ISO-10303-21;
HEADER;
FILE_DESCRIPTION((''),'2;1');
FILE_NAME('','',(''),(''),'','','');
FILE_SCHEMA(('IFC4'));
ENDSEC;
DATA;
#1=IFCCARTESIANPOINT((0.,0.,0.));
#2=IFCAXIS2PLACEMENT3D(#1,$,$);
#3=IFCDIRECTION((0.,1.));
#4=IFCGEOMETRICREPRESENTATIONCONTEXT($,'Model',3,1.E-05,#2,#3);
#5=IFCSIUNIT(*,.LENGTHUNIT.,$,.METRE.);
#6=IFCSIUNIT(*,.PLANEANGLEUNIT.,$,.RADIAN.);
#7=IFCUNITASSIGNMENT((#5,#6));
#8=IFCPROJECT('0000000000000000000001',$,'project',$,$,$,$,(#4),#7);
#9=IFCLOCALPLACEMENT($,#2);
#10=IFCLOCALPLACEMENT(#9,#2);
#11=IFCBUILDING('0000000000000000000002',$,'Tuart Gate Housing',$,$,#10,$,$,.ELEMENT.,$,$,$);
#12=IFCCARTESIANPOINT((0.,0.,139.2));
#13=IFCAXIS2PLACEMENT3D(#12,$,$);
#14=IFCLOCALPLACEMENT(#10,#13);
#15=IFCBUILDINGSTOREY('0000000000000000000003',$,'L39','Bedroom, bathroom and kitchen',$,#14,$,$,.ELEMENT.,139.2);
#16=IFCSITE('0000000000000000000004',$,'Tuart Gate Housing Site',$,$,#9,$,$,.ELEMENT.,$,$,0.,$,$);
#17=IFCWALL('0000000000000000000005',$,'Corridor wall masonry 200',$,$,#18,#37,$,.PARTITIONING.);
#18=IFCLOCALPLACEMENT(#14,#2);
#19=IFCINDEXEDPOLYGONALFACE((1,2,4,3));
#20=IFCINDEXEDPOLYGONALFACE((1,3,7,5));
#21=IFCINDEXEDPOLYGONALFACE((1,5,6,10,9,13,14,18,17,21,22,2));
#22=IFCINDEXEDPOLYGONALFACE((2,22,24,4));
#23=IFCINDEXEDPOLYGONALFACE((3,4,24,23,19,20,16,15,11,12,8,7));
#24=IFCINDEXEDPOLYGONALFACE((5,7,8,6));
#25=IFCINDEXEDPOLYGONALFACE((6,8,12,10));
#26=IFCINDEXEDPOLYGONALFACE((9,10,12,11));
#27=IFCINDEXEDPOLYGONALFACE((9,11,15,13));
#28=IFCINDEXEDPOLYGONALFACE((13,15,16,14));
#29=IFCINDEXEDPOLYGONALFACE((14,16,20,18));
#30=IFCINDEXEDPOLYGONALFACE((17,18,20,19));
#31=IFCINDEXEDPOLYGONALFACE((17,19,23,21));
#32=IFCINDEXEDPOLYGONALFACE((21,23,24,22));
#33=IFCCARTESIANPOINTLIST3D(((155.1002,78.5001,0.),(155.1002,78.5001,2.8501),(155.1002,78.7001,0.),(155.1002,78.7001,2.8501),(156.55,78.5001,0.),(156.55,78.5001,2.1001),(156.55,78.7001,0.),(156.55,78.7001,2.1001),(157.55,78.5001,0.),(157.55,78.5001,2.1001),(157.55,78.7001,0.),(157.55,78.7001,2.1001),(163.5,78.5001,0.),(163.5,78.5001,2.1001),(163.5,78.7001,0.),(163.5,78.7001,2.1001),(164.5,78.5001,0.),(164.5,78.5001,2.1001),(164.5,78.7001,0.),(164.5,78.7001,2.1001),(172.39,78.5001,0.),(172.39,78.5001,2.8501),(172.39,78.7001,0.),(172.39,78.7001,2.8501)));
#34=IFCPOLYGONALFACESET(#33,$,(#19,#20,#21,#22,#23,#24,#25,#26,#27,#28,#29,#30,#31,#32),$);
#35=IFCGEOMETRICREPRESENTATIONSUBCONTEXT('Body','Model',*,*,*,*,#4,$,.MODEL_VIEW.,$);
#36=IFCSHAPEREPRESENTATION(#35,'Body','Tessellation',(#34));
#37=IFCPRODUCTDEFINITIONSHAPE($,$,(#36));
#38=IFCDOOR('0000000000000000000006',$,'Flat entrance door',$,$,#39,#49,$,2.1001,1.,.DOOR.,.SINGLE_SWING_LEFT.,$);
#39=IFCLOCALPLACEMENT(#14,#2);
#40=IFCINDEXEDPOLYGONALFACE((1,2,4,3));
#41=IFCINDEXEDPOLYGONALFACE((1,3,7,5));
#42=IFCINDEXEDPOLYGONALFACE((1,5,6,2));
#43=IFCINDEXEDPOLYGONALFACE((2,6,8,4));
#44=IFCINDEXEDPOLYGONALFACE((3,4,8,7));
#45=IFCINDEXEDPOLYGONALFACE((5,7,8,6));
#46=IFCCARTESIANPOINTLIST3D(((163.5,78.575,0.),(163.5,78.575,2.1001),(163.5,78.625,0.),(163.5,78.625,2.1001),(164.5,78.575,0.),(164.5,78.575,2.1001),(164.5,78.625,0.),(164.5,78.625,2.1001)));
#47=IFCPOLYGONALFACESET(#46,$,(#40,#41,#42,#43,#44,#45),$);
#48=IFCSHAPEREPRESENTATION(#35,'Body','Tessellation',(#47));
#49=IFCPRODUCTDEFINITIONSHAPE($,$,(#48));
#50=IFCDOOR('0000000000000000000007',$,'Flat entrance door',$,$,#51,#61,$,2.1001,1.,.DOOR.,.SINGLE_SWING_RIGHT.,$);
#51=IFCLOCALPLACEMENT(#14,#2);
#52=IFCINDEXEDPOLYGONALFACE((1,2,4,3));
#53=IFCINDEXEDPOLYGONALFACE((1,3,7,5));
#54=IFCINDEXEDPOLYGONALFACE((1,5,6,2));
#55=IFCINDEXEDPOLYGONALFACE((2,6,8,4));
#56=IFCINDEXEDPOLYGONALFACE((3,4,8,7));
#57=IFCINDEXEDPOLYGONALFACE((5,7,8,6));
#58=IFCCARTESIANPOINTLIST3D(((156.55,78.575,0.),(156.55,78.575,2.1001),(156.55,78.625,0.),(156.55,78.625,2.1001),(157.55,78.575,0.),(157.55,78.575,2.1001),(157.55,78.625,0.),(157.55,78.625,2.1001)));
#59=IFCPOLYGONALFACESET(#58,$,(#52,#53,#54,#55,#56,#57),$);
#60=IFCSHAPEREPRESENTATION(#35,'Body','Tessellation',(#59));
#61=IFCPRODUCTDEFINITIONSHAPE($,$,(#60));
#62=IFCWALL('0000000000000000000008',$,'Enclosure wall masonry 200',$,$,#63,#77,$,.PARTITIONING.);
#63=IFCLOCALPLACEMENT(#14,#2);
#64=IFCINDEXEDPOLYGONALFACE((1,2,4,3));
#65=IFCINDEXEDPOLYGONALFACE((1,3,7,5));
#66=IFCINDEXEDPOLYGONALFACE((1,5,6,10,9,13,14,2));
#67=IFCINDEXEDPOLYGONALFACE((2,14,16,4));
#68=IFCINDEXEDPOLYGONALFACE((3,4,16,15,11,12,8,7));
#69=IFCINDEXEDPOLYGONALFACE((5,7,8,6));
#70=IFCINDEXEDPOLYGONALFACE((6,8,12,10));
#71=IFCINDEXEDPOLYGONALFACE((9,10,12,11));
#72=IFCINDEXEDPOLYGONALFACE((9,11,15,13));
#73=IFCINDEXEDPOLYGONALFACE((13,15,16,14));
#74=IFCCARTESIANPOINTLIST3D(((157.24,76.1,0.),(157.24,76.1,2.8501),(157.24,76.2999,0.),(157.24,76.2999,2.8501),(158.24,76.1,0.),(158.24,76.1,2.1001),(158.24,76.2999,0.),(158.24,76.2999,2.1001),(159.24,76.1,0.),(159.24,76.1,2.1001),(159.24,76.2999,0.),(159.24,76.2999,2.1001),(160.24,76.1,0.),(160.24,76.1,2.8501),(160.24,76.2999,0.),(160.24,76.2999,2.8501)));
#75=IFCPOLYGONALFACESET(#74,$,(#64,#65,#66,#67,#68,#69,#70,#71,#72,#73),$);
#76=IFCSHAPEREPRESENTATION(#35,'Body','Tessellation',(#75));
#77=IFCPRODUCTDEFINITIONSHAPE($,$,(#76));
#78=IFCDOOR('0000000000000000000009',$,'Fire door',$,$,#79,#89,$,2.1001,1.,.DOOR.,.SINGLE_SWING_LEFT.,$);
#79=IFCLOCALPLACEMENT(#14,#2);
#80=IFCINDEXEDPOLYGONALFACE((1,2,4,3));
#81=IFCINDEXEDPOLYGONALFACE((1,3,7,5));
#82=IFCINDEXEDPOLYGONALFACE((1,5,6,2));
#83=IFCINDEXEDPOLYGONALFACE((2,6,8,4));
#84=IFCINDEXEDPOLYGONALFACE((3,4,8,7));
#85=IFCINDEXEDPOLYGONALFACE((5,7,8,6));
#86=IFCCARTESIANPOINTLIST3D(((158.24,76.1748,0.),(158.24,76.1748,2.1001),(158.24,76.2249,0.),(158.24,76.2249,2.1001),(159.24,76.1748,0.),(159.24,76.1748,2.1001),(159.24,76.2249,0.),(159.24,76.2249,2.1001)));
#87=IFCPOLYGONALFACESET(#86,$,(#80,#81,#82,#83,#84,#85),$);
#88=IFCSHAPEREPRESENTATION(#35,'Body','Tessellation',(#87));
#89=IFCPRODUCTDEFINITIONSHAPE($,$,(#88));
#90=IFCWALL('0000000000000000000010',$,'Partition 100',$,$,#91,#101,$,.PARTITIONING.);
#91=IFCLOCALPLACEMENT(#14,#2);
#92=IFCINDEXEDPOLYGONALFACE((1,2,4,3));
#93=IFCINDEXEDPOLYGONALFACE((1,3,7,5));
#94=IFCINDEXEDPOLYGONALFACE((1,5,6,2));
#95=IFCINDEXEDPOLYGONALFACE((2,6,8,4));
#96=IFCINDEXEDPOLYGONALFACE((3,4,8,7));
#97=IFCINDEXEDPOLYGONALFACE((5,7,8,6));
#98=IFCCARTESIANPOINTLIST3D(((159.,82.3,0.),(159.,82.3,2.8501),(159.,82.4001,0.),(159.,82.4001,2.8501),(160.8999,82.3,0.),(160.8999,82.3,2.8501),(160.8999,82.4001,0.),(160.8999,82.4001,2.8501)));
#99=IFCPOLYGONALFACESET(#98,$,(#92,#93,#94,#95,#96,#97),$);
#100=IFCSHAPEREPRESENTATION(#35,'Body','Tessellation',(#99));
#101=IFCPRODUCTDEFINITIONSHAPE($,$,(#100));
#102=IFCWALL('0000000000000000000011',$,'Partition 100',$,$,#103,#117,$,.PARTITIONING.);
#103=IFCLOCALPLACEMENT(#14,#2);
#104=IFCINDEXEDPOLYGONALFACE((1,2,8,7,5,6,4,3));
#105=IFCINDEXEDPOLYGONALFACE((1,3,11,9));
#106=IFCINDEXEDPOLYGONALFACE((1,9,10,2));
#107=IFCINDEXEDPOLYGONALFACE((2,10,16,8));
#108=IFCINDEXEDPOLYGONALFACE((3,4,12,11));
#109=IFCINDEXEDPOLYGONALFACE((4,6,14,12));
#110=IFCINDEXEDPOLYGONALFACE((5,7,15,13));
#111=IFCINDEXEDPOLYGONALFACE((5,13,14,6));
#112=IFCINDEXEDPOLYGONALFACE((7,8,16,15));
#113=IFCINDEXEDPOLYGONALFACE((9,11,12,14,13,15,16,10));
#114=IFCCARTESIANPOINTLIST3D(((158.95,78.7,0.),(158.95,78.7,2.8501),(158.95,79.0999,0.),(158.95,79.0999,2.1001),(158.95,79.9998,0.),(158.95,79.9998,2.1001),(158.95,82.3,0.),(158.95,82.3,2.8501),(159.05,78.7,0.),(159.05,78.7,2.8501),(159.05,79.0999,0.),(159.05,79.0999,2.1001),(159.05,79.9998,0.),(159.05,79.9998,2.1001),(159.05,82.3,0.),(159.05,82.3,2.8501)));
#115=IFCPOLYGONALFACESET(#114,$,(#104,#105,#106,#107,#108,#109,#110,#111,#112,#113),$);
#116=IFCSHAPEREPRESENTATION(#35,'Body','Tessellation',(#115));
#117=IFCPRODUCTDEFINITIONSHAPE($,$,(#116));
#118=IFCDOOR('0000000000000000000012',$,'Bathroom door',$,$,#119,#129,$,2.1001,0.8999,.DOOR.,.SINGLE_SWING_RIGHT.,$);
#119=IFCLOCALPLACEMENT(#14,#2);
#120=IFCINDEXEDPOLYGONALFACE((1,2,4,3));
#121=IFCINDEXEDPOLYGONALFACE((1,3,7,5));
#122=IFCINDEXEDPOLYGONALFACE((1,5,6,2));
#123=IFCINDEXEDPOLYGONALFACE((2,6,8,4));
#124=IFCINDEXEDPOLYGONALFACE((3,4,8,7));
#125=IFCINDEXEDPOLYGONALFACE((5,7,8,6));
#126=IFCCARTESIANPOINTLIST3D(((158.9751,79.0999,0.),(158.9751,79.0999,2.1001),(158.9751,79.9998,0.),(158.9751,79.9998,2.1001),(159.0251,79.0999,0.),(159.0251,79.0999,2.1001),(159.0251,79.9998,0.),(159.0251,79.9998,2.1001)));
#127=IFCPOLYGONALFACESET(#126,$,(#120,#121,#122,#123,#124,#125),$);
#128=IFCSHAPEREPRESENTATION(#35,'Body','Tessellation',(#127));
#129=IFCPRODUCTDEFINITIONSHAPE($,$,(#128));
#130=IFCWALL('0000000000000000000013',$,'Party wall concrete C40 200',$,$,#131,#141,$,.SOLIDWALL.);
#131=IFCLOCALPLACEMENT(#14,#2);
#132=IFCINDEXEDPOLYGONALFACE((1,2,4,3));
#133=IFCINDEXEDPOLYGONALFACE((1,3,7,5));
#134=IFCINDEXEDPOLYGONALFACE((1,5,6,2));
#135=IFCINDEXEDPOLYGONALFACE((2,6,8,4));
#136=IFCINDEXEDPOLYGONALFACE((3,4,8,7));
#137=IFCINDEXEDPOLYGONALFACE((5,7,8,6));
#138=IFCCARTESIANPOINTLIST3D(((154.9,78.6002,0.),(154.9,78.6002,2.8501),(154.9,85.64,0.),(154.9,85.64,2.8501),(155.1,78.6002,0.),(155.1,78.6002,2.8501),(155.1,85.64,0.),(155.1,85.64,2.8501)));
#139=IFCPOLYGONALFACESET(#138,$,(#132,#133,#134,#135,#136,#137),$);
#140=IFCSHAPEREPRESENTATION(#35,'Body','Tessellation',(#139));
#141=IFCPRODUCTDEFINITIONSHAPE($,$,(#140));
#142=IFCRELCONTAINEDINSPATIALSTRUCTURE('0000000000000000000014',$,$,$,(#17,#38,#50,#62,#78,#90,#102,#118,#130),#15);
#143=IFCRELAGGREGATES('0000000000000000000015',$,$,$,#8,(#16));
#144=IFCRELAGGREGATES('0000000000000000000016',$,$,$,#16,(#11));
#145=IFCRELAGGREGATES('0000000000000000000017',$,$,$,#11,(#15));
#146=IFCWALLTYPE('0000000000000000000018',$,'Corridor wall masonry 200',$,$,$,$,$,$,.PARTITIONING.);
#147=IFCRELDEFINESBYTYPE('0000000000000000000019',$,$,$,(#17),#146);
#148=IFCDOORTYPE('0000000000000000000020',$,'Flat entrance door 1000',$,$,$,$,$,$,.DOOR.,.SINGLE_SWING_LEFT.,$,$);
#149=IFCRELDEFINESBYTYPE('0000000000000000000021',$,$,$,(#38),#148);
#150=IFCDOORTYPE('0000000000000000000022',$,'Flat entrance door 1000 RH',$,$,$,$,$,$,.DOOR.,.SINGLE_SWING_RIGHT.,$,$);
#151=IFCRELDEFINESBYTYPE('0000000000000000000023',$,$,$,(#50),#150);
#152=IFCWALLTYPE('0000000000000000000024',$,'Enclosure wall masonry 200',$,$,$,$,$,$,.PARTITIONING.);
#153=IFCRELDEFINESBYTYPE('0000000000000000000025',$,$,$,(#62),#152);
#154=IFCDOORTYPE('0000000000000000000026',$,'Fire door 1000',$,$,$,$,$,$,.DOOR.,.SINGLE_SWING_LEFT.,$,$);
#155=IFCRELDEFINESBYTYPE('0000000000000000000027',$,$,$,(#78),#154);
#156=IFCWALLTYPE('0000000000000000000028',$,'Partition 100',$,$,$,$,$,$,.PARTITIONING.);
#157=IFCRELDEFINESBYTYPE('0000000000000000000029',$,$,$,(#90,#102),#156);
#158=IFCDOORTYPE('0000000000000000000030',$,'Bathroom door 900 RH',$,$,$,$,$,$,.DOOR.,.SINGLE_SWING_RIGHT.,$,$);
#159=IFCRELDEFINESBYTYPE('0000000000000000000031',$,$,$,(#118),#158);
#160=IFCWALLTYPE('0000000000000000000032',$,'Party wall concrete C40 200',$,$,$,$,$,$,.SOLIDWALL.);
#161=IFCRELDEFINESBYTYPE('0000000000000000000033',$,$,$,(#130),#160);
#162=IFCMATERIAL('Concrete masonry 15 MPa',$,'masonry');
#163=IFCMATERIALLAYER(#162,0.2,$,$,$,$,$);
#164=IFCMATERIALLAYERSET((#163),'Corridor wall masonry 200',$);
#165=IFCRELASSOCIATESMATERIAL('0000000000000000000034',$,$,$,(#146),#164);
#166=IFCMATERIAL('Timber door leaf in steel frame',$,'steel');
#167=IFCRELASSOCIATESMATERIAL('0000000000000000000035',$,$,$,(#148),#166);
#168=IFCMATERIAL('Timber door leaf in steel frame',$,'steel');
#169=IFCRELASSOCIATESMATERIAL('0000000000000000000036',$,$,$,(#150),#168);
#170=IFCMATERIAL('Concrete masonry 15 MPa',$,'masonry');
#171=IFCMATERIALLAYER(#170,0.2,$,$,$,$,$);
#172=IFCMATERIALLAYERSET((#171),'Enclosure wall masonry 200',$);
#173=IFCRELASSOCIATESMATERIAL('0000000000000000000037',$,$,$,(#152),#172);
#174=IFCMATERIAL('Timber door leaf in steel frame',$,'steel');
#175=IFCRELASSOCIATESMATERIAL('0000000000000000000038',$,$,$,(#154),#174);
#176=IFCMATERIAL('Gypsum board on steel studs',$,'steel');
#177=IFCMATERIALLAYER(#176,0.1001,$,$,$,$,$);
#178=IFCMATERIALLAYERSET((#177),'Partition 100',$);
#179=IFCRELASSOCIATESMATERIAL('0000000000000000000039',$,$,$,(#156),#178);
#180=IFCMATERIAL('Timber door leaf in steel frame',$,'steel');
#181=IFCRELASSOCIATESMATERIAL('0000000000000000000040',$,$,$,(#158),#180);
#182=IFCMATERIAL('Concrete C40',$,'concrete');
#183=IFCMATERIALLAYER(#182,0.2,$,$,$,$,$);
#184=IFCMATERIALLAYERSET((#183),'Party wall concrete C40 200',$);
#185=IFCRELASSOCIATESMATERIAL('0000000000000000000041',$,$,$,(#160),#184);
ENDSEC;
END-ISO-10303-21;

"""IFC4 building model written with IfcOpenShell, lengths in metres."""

from ifc_helpers import new_model, si_unit, direction, frame, frame_2d, origin, place, context, subcontext, project, spatial, rectangle, extrude, material, layer, layer_set, type_object, element, fill, save


model = new_model("IFC4")

# Units and contexts
model_context = context("Model", 3, precision=1e-05, world=origin(), true_north=direction((0.0, 1.0)))
body_context = subcontext(model_context, "Body", "Model", "MODEL_VIEW")
ifc_project = project(units=[si_unit("LENGTHUNIT", "METRE"), si_unit("PLANEANGLEUNIT", "RADIAN")], contexts=[model_context])

# Site, building, storey
site_placement = place(None, origin())
site = spatial("IfcSite", under=ifc_project, at=site_placement, Name="Tuart Gate Housing Site", CompositionType="ELEMENT", RefElevation=0.0)
building_placement = place(site_placement, origin())
building = spatial("IfcBuilding", under=site, at=building_placement, Name="Tuart Gate Housing", CompositionType="ELEMENT")
storey_placement = place(building_placement, frame((0.0, 0.0, 139.2)))
storey = spatial("IfcBuildingStorey", under=building, at=storey_placement, Name="L39", Description="Bedroom, bathroom and kitchen", CompositionType="ELEMENT", Elevation=139.2)

# Shared definitions
ifc_material_1 = material(Name="Concrete masonry 15 MPa", Category="masonry")
ifc_layer_1 = layer(ifc_material_1, 0.2)
ifc_layer_set_1 = layer_set([ifc_layer_1], Name="Corridor wall masonry 200")
wall_type_1 = type_object("IfcWallType", Name="Corridor wall masonry 200", PredefinedType="PARTITIONING", material=ifc_layer_set_1)

# Wall, openings, doors
wall_1_placement = place(storey_placement, frame((155.1001, 78.6001, 0.0), z_axis=(0.0, 0.0, 1.0), x_axis=(1.0, 0.0, 0.0)))
wall_1 = element("IfcWall", 1, at=wall_1_placement, inside=storey, type_object=wall_type_1, Name="Corridor wall masonry 200", PredefinedType="PARTITIONING", context=body_context, shape_type="SweptSolid", body=[
    extrude(rectangle(XDim=17.2898, YDim=0.2, at=frame_2d((8.645, 0.0))), origin(), (0.0, 0.0, 1.0), 2.8501),
])
opening_1_placement = place(wall_1_placement, frame((1.45, 0.0, 0.0)))
opening_1 = element("IfcOpeningElement", 2, at=opening_1_placement, cuts=wall_1, PredefinedType="OPENING", context=body_context, shape_type="SweptSolid", body=[
    extrude(rectangle(XDim=1.0, YDim=2.1001, at=frame_2d((0.5, 1.05))), frame((0.0, 0.1099, 0.0), z_axis=(0.0, -1.0, 0.0), x_axis=(1.0, 0.0, 0.0)), (0.0, 0.0, 1.0), 0.22),
])
opening_2_placement = place(wall_1_placement, frame((8.3999, 0.0, 0.0)))
opening_2 = element("IfcOpeningElement", 3, at=opening_2_placement, cuts=wall_1, PredefinedType="OPENING", context=body_context, shape_type="SweptSolid", body=[
    extrude(rectangle(XDim=1.0, YDim=2.1001, at=frame_2d((0.5, 1.05))), frame((0.0, 0.1099, 0.0), z_axis=(0.0, -1.0, 0.0), x_axis=(1.0, 0.0, 0.0)), (0.0, 0.0, 1.0), 0.22),
])
ifc_material_2 = material(Name="Timber door leaf in steel frame", Category="steel")
door_type_1 = type_object("IfcDoorType", Name="Flat entrance door 1000", OperationType="SINGLE_SWING_LEFT", PredefinedType="DOOR", material=ifc_material_2)
door_1_placement = place(opening_2_placement, origin())
door_1 = element("IfcDoor", 4, at=door_1_placement, inside=storey, type_object=door_type_1, Name="Flat entrance door", OperationType="SINGLE_SWING_LEFT", OverallHeight=2.1001, OverallWidth=1.0, PredefinedType="DOOR", context=body_context, shape_type="SweptSolid", body=[
    extrude(rectangle(XDim=1.0, YDim=2.1001, at=frame_2d((0.5, 1.05))), frame((0.0, 0.0249, 0.0), z_axis=(0.0, -1.0, 0.0), x_axis=(1.0, 0.0, 0.0)), (0.0, 0.0, 1.0), 0.05),
])
fill(opening_2, door_1)
ifc_material_3 = material(Name="Timber door leaf in steel frame", Category="steel")
door_type_2 = type_object("IfcDoorType", Name="Flat entrance door 1000 RH", OperationType="SINGLE_SWING_RIGHT", PredefinedType="DOOR", material=ifc_material_3)
door_2_placement = place(opening_1_placement, origin())
door_2 = element("IfcDoor", 5, at=door_2_placement, inside=storey, type_object=door_type_2, Name="Flat entrance door", OperationType="SINGLE_SWING_RIGHT", OverallHeight=2.1001, OverallWidth=1.0, PredefinedType="DOOR", context=body_context, shape_type="SweptSolid", body=[
    extrude(rectangle(XDim=1.0, YDim=2.1001, at=frame_2d((0.5, 1.05))), frame((0.0, 0.0249, 0.0), z_axis=(0.0, -1.0, 0.0), x_axis=(1.0, 0.0, 0.0)), (0.0, 0.0, 1.0), 0.05),
])
fill(opening_1, door_2)

# Wall, opening, door
ifc_material_4 = material(Name="Concrete masonry 15 MPa", Category="masonry")
ifc_layer_2 = layer(ifc_material_4, 0.2)
ifc_layer_set_2 = layer_set([ifc_layer_2], Name="Enclosure wall masonry 200")
wall_type_2 = type_object("IfcWallType", Name="Enclosure wall masonry 200", PredefinedType="PARTITIONING", material=ifc_layer_set_2)
wall_2_placement = place(storey_placement, frame((157.24, 76.2, 0.0), z_axis=(0.0, 0.0, 1.0), x_axis=(1.0, 0.0, 0.0)))
wall_2 = element("IfcWall", 6, at=wall_2_placement, inside=storey, type_object=wall_type_2, Name="Enclosure wall masonry 200", PredefinedType="PARTITIONING", context=body_context, shape_type="SweptSolid", body=[
    extrude(rectangle(XDim=3.0, YDim=0.2, at=frame_2d((1.5, 0.0))), origin(), (0.0, 0.0, 1.0), 2.8501),
])
opening_3_placement = place(wall_2_placement, frame((1.0, 0.0, 0.0)))
opening_3 = element("IfcOpeningElement", 7, at=opening_3_placement, cuts=wall_2, PredefinedType="OPENING", context=body_context, shape_type="SweptSolid", body=[
    extrude(rectangle(XDim=1.0, YDim=2.1001, at=frame_2d((0.5, 1.05))), frame((0.0, 0.1099, 0.0), z_axis=(0.0, -1.0, 0.0), x_axis=(1.0, 0.0, 0.0)), (0.0, 0.0, 1.0), 0.22),
])
ifc_material_5 = material(Name="Timber door leaf in steel frame", Category="steel")
door_type_3 = type_object("IfcDoorType", Name="Fire door 1000", OperationType="SINGLE_SWING_LEFT", PredefinedType="DOOR", material=ifc_material_5)
door_3_placement = place(opening_3_placement, origin())
door_3 = element("IfcDoor", 8, at=door_3_placement, inside=storey, type_object=door_type_3, Name="Fire door", OperationType="SINGLE_SWING_LEFT", OverallHeight=2.1001, OverallWidth=1.0, PredefinedType="DOOR", context=body_context, shape_type="SweptSolid", body=[
    extrude(rectangle(XDim=1.0, YDim=2.1001, at=frame_2d((0.5, 1.05))), frame((0.0, 0.0249, 0.0), z_axis=(0.0, -1.0, 0.0), x_axis=(1.0, 0.0, 0.0)), (0.0, 0.0, 1.0), 0.05),
])
fill(opening_3, door_3)

# Wall
ifc_material_6 = material(Name="Gypsum board on steel studs", Category="steel")
ifc_layer_3 = layer(ifc_material_6, 0.1001)
ifc_layer_set_3 = layer_set([ifc_layer_3], Name="Partition 100")
wall_type_3 = type_object("IfcWallType", Name="Partition 100", PredefinedType="PARTITIONING", material=ifc_layer_set_3)
wall_3_placement = place(storey_placement, frame((159.0, 82.3501, 0.0), z_axis=(0.0, 0.0, 1.0), x_axis=(1.0, 0.0, 0.0)))
element("IfcWall", 9, at=wall_3_placement, inside=storey, type_object=wall_type_3, Name="Partition 100", PredefinedType="PARTITIONING", context=body_context, shape_type="SweptSolid", body=[
    extrude(rectangle(XDim=1.8999, YDim=0.1001, at=frame_2d((0.95, 0.0))), origin(), (0.0, 0.0, 1.0), 2.8501),
])

# Wall, opening, door
wall_4_placement = place(storey_placement, frame((159.0, 78.7, 0.0), z_axis=(0.0, 0.0, 1.0), x_axis=(0.0, 1.0, 0.0)))
wall_4 = element("IfcWall", 10, at=wall_4_placement, inside=storey, type_object=wall_type_3, Name="Partition 100", PredefinedType="PARTITIONING", context=body_context, shape_type="SweptSolid", body=[
    extrude(rectangle(XDim=3.6001, YDim=0.1001, at=frame_2d((1.8, 0.0))), origin(), (0.0, 0.0, 1.0), 2.8501),
])
opening_4_placement = place(wall_4_placement, frame((0.3999, 0.0, 0.0)))
opening_4 = element("IfcOpeningElement", 11, at=opening_4_placement, cuts=wall_4, PredefinedType="OPENING", context=body_context, shape_type="SweptSolid", body=[
    extrude(rectangle(XDim=0.8999, YDim=2.1001, at=frame_2d((0.45, 1.05))), frame((0.0, 0.0601, 0.0), z_axis=(0.0, -1.0, 0.0), x_axis=(1.0, 0.0, 0.0)), (0.0, 0.0, 1.0), 0.1201),
])
ifc_material_7 = material(Name="Timber door leaf in steel frame", Category="steel")
door_type_4 = type_object("IfcDoorType", Name="Bathroom door 900 RH", OperationType="SINGLE_SWING_RIGHT", PredefinedType="DOOR", material=ifc_material_7)
door_4_placement = place(opening_4_placement, frame((0.8999, 0.0, 0.0), z_axis=(0.0, 0.0, 1.0), x_axis=(-1.0, 0.0, 0.0)))
door_4 = element("IfcDoor", 12, at=door_4_placement, inside=storey, type_object=door_type_4, Name="Bathroom door", OperationType="SINGLE_SWING_RIGHT", OverallHeight=2.1001, OverallWidth=0.8999, PredefinedType="DOOR", context=body_context, shape_type="SweptSolid", body=[
    extrude(rectangle(XDim=0.8999, YDim=2.1001, at=frame_2d((0.45, 1.05))), frame((0.0, 0.0251, 0.0), z_axis=(0.0, -1.0, 0.0), x_axis=(1.0, 0.0, 0.0)), (0.0, 0.0, 1.0), 0.05),
])
fill(opening_4, door_4)

# Wall
ifc_material_8 = material(Name="Concrete C40", Category="concrete")
ifc_layer_4 = layer(ifc_material_8, 0.2)
ifc_layer_set_4 = layer_set([ifc_layer_4], Name="Party wall concrete C40 200")
wall_type_4 = type_object("IfcWallType", Name="Party wall concrete C40 200", PredefinedType="SOLIDWALL", material=ifc_layer_set_4)
wall_5_placement = place(storey_placement, frame((155.0, 78.6001, 0.0), z_axis=(0.0, 0.0, 1.0), x_axis=(0.0, 1.0, 0.0)))
element("IfcWall", 13, at=wall_5_placement, inside=storey, type_object=wall_type_4, Name="Party wall concrete C40 200", PredefinedType="SOLIDWALL", context=body_context, shape_type="SweptSolid", body=[
    extrude(rectangle(XDim=7.0398, YDim=0.2, at=frame_2d((3.52, 0.0))), origin(), (0.0, 0.0, 1.0), 2.8501),
])

save(model, "model.ifc")
